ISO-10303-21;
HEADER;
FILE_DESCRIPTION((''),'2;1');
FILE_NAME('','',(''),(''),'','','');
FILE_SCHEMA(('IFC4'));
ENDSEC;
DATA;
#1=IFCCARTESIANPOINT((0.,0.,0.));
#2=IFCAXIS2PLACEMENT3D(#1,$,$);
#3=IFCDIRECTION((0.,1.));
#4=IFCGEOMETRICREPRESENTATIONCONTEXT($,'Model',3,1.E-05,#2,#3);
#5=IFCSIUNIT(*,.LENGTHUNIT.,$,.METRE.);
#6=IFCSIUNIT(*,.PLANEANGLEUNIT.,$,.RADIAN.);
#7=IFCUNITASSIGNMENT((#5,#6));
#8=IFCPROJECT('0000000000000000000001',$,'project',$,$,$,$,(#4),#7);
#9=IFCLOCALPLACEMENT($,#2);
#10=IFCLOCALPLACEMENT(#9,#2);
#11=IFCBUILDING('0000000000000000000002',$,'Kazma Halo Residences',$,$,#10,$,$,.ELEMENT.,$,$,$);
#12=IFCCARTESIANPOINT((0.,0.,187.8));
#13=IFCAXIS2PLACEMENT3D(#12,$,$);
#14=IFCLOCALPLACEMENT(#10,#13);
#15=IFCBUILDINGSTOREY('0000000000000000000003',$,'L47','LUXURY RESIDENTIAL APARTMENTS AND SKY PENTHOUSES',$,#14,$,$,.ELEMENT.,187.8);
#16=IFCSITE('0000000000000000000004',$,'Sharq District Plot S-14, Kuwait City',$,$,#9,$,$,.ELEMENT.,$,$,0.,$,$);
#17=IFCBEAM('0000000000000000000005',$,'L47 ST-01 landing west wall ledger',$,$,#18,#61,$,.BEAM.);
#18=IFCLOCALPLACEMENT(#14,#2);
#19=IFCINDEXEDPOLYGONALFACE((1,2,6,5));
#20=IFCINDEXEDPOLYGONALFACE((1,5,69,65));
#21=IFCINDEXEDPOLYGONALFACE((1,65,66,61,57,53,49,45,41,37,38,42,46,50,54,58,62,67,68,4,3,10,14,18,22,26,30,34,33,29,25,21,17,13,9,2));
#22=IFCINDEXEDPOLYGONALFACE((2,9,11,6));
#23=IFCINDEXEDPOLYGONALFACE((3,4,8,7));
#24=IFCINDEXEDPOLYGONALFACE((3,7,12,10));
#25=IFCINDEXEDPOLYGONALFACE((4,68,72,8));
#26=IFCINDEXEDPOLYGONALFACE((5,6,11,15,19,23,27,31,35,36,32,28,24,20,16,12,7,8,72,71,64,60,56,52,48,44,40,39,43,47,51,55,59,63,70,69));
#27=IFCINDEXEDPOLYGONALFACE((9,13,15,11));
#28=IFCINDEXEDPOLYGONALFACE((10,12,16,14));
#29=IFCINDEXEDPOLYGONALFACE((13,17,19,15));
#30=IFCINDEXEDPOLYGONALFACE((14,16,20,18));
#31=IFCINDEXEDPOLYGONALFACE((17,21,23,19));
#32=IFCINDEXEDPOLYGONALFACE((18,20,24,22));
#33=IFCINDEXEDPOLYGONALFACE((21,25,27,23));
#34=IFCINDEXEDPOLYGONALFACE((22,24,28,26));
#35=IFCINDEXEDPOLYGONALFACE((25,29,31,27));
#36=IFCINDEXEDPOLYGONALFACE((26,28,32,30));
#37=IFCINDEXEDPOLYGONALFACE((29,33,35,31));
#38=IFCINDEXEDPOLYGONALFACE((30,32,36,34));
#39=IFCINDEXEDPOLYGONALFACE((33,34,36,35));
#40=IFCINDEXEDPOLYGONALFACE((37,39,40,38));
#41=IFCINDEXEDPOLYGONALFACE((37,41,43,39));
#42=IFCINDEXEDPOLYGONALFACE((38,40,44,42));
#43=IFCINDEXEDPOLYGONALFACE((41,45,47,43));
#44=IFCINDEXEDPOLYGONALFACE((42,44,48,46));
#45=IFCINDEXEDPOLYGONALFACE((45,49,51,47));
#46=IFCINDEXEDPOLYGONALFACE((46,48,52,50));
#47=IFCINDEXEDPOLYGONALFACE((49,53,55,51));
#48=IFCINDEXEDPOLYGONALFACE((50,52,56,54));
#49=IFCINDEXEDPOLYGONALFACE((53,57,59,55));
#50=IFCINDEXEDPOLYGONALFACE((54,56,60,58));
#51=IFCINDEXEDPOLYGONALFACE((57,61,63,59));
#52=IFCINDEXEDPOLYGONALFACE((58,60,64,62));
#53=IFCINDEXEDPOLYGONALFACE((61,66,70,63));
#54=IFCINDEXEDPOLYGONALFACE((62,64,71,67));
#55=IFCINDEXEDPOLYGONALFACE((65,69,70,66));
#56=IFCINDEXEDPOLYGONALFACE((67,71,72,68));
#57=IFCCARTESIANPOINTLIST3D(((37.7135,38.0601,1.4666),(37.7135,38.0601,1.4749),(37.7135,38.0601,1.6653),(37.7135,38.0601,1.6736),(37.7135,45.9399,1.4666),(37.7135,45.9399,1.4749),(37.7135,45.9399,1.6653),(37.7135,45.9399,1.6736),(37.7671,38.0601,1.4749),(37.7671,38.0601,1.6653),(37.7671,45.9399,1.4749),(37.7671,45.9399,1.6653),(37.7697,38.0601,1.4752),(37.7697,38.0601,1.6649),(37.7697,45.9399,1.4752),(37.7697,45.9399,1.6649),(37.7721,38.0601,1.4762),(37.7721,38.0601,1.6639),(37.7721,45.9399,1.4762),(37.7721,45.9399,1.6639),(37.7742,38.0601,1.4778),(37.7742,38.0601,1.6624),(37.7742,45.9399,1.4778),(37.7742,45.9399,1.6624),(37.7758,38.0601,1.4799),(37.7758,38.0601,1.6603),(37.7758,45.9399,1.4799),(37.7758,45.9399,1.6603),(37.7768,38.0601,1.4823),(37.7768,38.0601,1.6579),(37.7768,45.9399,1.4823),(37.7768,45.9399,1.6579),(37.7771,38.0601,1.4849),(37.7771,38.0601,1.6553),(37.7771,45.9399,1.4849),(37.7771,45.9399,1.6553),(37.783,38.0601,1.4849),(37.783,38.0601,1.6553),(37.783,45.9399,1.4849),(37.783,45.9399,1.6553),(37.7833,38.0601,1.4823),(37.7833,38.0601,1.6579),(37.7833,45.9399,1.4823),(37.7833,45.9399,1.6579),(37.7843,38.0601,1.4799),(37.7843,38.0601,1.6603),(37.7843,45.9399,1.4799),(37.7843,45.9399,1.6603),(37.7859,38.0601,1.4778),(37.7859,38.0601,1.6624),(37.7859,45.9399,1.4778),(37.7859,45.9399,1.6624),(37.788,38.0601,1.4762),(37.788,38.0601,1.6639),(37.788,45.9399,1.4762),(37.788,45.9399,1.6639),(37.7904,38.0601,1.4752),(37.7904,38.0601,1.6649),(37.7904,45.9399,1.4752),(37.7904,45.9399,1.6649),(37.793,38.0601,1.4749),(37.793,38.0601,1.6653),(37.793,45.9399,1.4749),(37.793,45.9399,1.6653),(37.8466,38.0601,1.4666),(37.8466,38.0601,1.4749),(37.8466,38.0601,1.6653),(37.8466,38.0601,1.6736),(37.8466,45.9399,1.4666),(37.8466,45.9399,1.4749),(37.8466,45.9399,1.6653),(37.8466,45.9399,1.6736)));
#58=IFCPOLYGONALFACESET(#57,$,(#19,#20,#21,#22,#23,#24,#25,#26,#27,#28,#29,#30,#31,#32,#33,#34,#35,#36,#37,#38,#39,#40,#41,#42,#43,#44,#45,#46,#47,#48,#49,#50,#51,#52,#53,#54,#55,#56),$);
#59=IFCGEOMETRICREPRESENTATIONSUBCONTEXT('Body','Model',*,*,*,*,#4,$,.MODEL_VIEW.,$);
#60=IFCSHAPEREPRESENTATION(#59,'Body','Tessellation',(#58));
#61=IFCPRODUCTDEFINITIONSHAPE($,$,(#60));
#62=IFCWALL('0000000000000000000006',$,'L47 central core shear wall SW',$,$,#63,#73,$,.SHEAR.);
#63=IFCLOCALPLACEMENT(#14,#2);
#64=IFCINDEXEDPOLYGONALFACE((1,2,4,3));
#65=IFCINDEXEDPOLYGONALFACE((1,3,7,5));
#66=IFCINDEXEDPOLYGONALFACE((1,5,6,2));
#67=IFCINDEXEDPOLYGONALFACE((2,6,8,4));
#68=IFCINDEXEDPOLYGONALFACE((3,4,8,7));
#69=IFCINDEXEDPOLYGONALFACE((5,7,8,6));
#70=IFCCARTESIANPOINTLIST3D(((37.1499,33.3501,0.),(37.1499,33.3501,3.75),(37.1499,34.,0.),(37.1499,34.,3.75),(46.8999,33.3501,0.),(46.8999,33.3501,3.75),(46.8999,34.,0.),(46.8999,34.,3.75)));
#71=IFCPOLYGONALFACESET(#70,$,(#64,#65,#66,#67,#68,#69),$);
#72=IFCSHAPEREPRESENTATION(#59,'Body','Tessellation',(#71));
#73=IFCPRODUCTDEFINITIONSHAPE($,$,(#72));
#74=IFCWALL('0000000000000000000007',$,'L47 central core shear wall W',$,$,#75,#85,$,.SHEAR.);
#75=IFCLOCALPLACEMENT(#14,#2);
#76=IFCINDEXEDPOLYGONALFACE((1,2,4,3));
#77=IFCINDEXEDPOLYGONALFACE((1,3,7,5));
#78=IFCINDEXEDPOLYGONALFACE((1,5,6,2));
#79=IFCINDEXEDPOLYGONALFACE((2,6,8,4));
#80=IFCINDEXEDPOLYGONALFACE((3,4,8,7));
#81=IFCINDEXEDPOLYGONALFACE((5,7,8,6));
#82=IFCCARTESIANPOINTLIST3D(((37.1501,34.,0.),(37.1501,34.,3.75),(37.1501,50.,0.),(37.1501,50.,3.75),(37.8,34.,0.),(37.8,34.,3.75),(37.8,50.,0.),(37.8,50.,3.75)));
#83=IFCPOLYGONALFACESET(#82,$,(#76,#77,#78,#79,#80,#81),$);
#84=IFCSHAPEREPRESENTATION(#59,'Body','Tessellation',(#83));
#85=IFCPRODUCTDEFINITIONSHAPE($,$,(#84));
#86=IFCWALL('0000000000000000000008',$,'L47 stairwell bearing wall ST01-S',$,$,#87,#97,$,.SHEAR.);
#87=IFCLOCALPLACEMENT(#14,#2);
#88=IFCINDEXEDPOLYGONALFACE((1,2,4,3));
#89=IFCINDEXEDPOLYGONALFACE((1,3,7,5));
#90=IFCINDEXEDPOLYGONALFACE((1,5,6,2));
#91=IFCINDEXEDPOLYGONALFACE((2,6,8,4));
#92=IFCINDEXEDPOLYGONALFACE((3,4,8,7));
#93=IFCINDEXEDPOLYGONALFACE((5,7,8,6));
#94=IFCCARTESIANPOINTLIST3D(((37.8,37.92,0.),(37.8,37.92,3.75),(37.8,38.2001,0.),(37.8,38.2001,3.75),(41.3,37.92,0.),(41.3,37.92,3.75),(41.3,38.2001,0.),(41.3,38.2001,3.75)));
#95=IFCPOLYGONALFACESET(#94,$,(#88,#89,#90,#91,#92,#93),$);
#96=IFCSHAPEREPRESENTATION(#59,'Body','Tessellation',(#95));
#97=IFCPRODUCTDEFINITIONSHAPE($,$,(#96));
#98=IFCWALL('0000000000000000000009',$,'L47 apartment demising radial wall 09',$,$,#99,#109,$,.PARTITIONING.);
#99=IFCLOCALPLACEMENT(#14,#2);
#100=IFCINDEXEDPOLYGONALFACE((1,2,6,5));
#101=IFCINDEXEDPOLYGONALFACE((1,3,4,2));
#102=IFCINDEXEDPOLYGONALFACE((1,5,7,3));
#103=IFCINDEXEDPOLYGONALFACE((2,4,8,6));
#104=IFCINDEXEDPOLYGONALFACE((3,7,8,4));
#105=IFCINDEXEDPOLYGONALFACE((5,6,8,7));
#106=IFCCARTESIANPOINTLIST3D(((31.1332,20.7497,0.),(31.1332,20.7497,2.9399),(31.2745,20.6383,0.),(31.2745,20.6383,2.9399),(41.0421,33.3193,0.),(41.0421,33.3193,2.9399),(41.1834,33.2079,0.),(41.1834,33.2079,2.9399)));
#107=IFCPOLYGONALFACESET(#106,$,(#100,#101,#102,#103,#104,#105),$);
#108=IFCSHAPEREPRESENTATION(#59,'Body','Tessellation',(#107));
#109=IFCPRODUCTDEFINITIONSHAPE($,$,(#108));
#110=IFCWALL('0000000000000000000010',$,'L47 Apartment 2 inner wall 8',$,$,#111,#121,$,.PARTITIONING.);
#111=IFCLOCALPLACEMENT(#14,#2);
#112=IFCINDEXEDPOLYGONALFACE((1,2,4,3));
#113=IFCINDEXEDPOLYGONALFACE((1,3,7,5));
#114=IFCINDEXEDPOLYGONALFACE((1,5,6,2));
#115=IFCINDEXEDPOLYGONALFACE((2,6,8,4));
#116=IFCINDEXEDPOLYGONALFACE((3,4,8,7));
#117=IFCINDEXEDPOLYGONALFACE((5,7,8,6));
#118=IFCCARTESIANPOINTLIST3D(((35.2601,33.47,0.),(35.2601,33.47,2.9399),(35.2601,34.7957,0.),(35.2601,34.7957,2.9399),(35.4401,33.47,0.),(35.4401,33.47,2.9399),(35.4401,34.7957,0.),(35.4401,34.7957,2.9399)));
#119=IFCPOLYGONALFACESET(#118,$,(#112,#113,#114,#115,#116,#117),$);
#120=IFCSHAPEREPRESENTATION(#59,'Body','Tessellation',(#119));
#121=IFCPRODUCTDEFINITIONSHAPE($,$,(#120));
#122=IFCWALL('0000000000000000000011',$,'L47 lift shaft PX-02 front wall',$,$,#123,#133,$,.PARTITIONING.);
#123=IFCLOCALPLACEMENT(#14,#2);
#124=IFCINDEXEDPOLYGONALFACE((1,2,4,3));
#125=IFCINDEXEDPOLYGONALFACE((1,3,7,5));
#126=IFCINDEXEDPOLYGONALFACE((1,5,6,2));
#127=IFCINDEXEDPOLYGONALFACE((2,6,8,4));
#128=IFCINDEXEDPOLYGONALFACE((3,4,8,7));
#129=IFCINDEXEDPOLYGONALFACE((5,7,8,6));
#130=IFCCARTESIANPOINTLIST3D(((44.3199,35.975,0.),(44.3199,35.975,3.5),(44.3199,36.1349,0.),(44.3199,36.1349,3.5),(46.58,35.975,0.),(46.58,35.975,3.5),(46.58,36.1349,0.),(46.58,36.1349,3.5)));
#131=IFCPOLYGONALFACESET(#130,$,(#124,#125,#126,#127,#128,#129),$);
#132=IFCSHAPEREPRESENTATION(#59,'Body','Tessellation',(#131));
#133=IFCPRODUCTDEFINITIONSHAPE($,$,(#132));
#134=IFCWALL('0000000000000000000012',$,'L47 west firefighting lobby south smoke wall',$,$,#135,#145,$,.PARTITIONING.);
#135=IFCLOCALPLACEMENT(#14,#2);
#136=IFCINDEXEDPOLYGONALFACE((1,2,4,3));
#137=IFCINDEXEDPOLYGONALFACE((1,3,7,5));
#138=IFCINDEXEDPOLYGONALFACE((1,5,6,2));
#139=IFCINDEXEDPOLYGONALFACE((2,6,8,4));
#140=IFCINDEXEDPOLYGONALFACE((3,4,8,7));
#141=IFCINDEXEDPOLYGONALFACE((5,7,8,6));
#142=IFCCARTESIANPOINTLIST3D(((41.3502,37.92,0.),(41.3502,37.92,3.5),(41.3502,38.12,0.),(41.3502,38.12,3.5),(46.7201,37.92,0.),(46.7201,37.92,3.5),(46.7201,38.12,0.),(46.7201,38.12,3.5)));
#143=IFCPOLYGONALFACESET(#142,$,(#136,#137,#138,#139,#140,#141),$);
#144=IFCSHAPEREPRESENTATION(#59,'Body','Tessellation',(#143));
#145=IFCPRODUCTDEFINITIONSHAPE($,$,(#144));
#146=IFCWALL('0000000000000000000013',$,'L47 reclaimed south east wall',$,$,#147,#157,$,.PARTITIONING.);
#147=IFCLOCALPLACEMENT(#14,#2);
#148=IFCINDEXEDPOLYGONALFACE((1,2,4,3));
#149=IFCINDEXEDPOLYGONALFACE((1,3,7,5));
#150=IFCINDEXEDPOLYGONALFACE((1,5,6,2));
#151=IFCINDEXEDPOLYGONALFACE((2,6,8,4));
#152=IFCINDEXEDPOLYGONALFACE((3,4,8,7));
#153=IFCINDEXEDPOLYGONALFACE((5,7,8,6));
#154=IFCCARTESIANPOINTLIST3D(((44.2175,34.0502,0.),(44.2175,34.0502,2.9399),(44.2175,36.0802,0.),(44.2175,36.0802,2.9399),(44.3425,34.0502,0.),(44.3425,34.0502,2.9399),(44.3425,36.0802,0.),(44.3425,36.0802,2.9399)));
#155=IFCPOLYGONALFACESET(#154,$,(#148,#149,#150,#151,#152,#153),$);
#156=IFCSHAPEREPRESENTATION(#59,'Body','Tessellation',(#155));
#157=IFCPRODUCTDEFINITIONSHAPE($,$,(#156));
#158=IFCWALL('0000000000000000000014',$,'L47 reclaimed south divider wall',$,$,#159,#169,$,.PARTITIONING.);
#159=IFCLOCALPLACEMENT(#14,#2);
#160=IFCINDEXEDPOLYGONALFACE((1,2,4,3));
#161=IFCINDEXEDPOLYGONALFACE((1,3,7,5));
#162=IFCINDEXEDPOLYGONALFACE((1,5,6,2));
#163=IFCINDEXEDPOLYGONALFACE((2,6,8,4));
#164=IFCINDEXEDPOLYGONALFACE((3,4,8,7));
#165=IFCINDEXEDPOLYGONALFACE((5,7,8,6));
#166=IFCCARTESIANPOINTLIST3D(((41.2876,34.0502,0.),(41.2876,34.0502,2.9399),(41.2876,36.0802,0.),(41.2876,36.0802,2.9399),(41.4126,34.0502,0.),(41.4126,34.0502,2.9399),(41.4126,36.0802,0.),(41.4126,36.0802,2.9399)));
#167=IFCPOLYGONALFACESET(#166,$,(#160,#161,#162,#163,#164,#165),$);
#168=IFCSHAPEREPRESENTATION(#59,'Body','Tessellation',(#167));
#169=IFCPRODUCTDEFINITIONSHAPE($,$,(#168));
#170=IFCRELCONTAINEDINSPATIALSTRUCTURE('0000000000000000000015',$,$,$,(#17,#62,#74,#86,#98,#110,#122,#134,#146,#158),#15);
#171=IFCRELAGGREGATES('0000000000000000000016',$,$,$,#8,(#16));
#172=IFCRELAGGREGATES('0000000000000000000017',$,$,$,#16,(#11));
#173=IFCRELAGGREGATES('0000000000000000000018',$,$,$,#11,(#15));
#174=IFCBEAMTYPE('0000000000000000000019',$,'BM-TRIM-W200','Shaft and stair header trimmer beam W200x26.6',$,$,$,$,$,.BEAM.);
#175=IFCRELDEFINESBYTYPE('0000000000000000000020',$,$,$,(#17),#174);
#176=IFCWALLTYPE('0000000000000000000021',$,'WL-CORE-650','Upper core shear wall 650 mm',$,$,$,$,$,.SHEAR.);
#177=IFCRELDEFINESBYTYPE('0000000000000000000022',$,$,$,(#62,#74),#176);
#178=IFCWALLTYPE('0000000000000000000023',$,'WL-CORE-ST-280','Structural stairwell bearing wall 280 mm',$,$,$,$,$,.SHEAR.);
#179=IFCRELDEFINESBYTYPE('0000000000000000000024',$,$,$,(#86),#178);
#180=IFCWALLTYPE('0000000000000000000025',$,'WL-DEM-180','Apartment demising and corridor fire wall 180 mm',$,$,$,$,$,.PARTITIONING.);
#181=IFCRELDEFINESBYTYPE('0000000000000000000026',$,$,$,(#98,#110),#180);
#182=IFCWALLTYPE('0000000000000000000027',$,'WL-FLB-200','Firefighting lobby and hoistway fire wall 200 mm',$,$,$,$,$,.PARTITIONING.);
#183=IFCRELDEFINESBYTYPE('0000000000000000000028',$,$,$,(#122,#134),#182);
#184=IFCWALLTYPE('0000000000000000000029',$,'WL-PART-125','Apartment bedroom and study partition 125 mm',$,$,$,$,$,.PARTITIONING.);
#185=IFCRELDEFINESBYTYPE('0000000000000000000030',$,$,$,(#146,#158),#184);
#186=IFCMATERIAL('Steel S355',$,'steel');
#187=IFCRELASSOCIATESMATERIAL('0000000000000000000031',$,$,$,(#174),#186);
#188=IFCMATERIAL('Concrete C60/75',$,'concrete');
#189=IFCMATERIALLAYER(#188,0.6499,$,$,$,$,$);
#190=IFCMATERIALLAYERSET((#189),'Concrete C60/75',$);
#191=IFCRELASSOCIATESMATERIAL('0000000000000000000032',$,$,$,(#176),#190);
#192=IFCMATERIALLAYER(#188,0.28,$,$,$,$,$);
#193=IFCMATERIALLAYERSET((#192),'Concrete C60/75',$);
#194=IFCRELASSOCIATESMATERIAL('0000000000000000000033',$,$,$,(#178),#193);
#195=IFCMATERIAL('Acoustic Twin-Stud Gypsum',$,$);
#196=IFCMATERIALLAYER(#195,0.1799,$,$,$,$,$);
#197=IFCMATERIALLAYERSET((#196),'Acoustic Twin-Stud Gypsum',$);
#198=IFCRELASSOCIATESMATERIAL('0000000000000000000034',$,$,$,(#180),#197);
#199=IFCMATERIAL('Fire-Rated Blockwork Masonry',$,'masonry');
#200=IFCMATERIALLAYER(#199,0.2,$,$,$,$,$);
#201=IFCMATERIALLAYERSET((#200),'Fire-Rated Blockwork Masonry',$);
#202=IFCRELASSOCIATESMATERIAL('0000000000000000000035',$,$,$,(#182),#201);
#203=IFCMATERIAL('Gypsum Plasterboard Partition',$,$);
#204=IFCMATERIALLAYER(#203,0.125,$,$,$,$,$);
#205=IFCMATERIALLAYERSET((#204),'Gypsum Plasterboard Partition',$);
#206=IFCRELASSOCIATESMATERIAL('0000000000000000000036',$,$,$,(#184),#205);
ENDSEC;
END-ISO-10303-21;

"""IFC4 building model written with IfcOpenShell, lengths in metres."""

from ifc_helpers import new_model, si_unit, direction, frame, frame_2d, origin, origin_2d, place, context, subcontext, project, spatial, rectangle, i_section, extrude, material, layer, layer_set, material_profile, profile_set, type_object, element, save


model = new_model("IFC4")

# Units and contexts
model_context = context("Model", 3, precision=1e-05, world=origin(), true_north=direction((0.0, 1.0)))
body_context = subcontext(model_context, "Body", "Model", "MODEL_VIEW")
ifc_project = project(units=[si_unit("LENGTHUNIT", "METRE"), si_unit("PLANEANGLEUNIT", "RADIAN")], contexts=[model_context])

# Site, building, storey
site_placement = place(None, origin())
site = spatial("IfcSite", under=ifc_project, at=site_placement, Name="Sharq District Plot S-14, Kuwait City", CompositionType="ELEMENT", RefElevation=0.0)
building_placement = place(site_placement, origin())
building = spatial("IfcBuilding", under=site, at=building_placement, Name="Kazma Halo Residences", CompositionType="ELEMENT")
storey_placement = place(building_placement, frame((0.0, 0.0, 187.8)))
storey = spatial("IfcBuildingStorey", under=building, at=storey_placement, Name="L47", Description="LUXURY RESIDENTIAL APARTMENTS AND SKY PENTHOUSES", CompositionType="ELEMENT", Elevation=187.8)

# Beam
ifc_material_1 = material(Name="Steel S355", Category="steel")
ifc_material_profile_1 = material_profile(ifc_material_1, i_section(OverallWidth=0.1331, OverallDepth=0.207, WebThickness=0.0059, FlangeThickness=0.0083, FilletRadius=0.01, at=origin_2d()), Name="W200x26.6")
ifc_profile_set_1 = profile_set([ifc_material_profile_1], Name="Steel S355")
beam_type_1 = type_object("IfcBeamType", Name="BM-TRIM-W200", Description="Shaft and stair header trimmer beam W200x26.6", PredefinedType="BEAM", material=ifc_profile_set_1)
beam_1_placement = place(storey_placement, frame((37.78, 38.0601, 1.5701), z_axis=(0.0, 1.0, 0.0), x_axis=(-1.0, 0.0, 0.0)))
element("IfcBeam", 1, at=beam_1_placement, inside=storey, type_object=beam_type_1, Name="L47 ST-01 landing west wall ledger", PredefinedType="BEAM", context=body_context, shape_type="SweptSolid", body=[
    extrude(i_section(OverallWidth=0.1331, OverallDepth=0.207, WebThickness=0.0059, FlangeThickness=0.0083, FilletRadius=0.01, at=origin_2d()), origin(), (0.0, 0.0, 1.0), 7.8799),
])

# Walls
ifc_material_2 = material(Name="Concrete C60/75", Category="concrete")
ifc_layer_1 = layer(ifc_material_2, 0.6499)
ifc_layer_set_1 = layer_set([ifc_layer_1], Name="Concrete C60/75")
wall_type_1 = type_object("IfcWallType", Name="WL-CORE-650", Description="Upper core shear wall 650 mm", PredefinedType="SHEAR", material=ifc_layer_set_1)
wall_1_placement = place(storey_placement, frame((37.1499, 33.675, 0.0), z_axis=(0.0, 0.0, 1.0), x_axis=(1.0, 0.0, 0.0)))
element("IfcWall", 2, at=wall_1_placement, inside=storey, type_object=wall_type_1, Name="L47 central core shear wall SW", PredefinedType="SHEAR", context=body_context, shape_type="SweptSolid", body=[
    extrude(rectangle(XDim=9.75, YDim=0.6499, at=frame_2d((4.875, 0.0))), origin(), (0.0, 0.0, 1.0), 3.75),
])
wall_2_placement = place(storey_placement, frame((37.4751, 34.0, 0.0), z_axis=(0.0, 0.0, 1.0), x_axis=(0.0, 1.0, 0.0)))
element("IfcWall", 3, at=wall_2_placement, inside=storey, type_object=wall_type_1, Name="L47 central core shear wall W", PredefinedType="SHEAR", context=body_context, shape_type="SweptSolid", body=[
    extrude(rectangle(XDim=16.0, YDim=0.6499, at=frame_2d((8.0, 0.0))), origin(), (0.0, 0.0, 1.0), 3.75),
])
ifc_layer_2 = layer(ifc_material_2, 0.28)
ifc_layer_set_2 = layer_set([ifc_layer_2], Name="Concrete C60/75")
wall_type_2 = type_object("IfcWallType", Name="WL-CORE-ST-280", Description="Structural stairwell bearing wall 280 mm", PredefinedType="SHEAR", material=ifc_layer_set_2)
wall_3_placement = place(storey_placement, frame((37.8, 38.0601, 0.0), z_axis=(0.0, 0.0, 1.0), x_axis=(1.0, 0.0, 0.0)))
element("IfcWall", 4, at=wall_3_placement, inside=storey, type_object=wall_type_2, Name="L47 stairwell bearing wall ST01-S", PredefinedType="SHEAR", context=body_context, shape_type="SweptSolid", body=[
    extrude(rectangle(XDim=3.5, YDim=0.28, at=frame_2d((1.75, 0.0))), origin(), (0.0, 0.0, 1.0), 3.75),
])
ifc_material_3 = material(Name="Acoustic Twin-Stud Gypsum")
ifc_layer_3 = layer(ifc_material_3, 0.1799)
ifc_layer_set_3 = layer_set([ifc_layer_3], Name="Acoustic Twin-Stud Gypsum")
wall_type_3 = type_object("IfcWallType", Name="WL-DEM-180", Description="Apartment demising and corridor fire wall 180 mm", PredefinedType="PARTITIONING", material=ifc_layer_set_3)
wall_4_placement = place(storey_placement, frame((41.1128, 33.2637, 0.0), z_axis=(0.0, 0.0, 1.0), x_axis=(-0.619089, -0.785321, 0.0)))
element("IfcWall", 5, at=wall_4_placement, inside=storey, type_object=wall_type_3, Name="L47 apartment demising radial wall 09", PredefinedType="PARTITIONING", context=body_context, shape_type="SweptSolid", body=[
    extrude(rectangle(XDim=16.0056, YDim=0.1799, at=frame_2d((8.0029, 0.0))), origin(), (0.0, 0.0, 1.0), 2.9399),
])
wall_5_placement = place(storey_placement, frame((35.3501, 34.7957, 0.0), z_axis=(0.0, 0.0, 1.0), x_axis=(0.0, -1.0, 0.0)))
element("IfcWall", 6, at=wall_5_placement, inside=storey, type_object=wall_type_3, Name="L47 Apartment 2 inner wall 8", PredefinedType="PARTITIONING", context=body_context, shape_type="SweptSolid", body=[
    extrude(rectangle(XDim=1.3257, YDim=0.1799, at=frame_2d((0.6628, 0.0))), origin(), (0.0, 0.0, 1.0), 2.9399),
])
ifc_material_4 = material(Name="Fire-Rated Blockwork Masonry", Category="masonry")
ifc_layer_4 = layer(ifc_material_4, 0.2)
ifc_layer_set_4 = layer_set([ifc_layer_4], Name="Fire-Rated Blockwork Masonry")
wall_type_4 = type_object("IfcWallType", Name="WL-FLB-200", Description="Firefighting lobby and hoistway fire wall 200 mm", PredefinedType="PARTITIONING", material=ifc_layer_set_4)
wall_6_placement = place(storey_placement, frame((44.3201, 36.0549, 0.0), z_axis=(0.0, 0.0, 1.0), x_axis=(1.0, 0.0, 0.0)))
element("IfcWall", 7, at=wall_6_placement, inside=storey, type_object=wall_type_4, Name="L47 lift shaft PX-02 front wall", PredefinedType="PARTITIONING", context=body_context, shape_type="SweptSolid", body=[
    extrude(rectangle(XDim=2.26, YDim=0.1599, at=frame_2d((1.1299, 0.0))), origin(), (0.0, 0.0, 1.0), 3.5),
])
wall_7_placement = place(storey_placement, frame((41.3501, 38.02, 0.0), z_axis=(0.0, 0.0, 1.0), x_axis=(1.0, 0.0, 0.0)))
element("IfcWall", 8, at=wall_7_placement, inside=storey, type_object=wall_type_4, Name="L47 west firefighting lobby south smoke wall", PredefinedType="PARTITIONING", context=body_context, shape_type="SweptSolid", body=[
    extrude(rectangle(XDim=5.3699, YDim=0.2, at=frame_2d((2.6851, 0.0))), origin(), (0.0, 0.0, 1.0), 3.5),
])
ifc_material_5 = material(Name="Gypsum Plasterboard Partition")
ifc_layer_5 = layer(ifc_material_5, 0.125)
ifc_layer_set_5 = layer_set([ifc_layer_5], Name="Gypsum Plasterboard Partition")
wall_type_5 = type_object("IfcWallType", Name="WL-PART-125", Description="Apartment bedroom and study partition 125 mm", PredefinedType="PARTITIONING", material=ifc_layer_set_5)
for number, where, z_axis, x_axis, name in (
    (9, (44.28, 34.05, 0.0), (0.0, 0.0, 1.0), (0.0, 1.0, 0.0), "L47 reclaimed south east wall"),
    (10, (41.3501, 34.05, 0.0), (0.0, 0.0, 1.0), (0.0, 1.0, 0.0), "L47 reclaimed south divider wall"),
):
    element("IfcWall", number, at=place(storey_placement, frame(where, z_axis=z_axis, x_axis=x_axis)), inside=storey, type_object=wall_type_5, Name=name, PredefinedType="PARTITIONING", context=body_context, shape_type="SweptSolid", body=[
        extrude(rectangle(XDim=2.03, YDim=0.125, at=frame_2d((1.0151, 0.0))), origin(), (0.0, 0.0, 1.0), 2.9399),
    ])

save(model, "model.ifc")
